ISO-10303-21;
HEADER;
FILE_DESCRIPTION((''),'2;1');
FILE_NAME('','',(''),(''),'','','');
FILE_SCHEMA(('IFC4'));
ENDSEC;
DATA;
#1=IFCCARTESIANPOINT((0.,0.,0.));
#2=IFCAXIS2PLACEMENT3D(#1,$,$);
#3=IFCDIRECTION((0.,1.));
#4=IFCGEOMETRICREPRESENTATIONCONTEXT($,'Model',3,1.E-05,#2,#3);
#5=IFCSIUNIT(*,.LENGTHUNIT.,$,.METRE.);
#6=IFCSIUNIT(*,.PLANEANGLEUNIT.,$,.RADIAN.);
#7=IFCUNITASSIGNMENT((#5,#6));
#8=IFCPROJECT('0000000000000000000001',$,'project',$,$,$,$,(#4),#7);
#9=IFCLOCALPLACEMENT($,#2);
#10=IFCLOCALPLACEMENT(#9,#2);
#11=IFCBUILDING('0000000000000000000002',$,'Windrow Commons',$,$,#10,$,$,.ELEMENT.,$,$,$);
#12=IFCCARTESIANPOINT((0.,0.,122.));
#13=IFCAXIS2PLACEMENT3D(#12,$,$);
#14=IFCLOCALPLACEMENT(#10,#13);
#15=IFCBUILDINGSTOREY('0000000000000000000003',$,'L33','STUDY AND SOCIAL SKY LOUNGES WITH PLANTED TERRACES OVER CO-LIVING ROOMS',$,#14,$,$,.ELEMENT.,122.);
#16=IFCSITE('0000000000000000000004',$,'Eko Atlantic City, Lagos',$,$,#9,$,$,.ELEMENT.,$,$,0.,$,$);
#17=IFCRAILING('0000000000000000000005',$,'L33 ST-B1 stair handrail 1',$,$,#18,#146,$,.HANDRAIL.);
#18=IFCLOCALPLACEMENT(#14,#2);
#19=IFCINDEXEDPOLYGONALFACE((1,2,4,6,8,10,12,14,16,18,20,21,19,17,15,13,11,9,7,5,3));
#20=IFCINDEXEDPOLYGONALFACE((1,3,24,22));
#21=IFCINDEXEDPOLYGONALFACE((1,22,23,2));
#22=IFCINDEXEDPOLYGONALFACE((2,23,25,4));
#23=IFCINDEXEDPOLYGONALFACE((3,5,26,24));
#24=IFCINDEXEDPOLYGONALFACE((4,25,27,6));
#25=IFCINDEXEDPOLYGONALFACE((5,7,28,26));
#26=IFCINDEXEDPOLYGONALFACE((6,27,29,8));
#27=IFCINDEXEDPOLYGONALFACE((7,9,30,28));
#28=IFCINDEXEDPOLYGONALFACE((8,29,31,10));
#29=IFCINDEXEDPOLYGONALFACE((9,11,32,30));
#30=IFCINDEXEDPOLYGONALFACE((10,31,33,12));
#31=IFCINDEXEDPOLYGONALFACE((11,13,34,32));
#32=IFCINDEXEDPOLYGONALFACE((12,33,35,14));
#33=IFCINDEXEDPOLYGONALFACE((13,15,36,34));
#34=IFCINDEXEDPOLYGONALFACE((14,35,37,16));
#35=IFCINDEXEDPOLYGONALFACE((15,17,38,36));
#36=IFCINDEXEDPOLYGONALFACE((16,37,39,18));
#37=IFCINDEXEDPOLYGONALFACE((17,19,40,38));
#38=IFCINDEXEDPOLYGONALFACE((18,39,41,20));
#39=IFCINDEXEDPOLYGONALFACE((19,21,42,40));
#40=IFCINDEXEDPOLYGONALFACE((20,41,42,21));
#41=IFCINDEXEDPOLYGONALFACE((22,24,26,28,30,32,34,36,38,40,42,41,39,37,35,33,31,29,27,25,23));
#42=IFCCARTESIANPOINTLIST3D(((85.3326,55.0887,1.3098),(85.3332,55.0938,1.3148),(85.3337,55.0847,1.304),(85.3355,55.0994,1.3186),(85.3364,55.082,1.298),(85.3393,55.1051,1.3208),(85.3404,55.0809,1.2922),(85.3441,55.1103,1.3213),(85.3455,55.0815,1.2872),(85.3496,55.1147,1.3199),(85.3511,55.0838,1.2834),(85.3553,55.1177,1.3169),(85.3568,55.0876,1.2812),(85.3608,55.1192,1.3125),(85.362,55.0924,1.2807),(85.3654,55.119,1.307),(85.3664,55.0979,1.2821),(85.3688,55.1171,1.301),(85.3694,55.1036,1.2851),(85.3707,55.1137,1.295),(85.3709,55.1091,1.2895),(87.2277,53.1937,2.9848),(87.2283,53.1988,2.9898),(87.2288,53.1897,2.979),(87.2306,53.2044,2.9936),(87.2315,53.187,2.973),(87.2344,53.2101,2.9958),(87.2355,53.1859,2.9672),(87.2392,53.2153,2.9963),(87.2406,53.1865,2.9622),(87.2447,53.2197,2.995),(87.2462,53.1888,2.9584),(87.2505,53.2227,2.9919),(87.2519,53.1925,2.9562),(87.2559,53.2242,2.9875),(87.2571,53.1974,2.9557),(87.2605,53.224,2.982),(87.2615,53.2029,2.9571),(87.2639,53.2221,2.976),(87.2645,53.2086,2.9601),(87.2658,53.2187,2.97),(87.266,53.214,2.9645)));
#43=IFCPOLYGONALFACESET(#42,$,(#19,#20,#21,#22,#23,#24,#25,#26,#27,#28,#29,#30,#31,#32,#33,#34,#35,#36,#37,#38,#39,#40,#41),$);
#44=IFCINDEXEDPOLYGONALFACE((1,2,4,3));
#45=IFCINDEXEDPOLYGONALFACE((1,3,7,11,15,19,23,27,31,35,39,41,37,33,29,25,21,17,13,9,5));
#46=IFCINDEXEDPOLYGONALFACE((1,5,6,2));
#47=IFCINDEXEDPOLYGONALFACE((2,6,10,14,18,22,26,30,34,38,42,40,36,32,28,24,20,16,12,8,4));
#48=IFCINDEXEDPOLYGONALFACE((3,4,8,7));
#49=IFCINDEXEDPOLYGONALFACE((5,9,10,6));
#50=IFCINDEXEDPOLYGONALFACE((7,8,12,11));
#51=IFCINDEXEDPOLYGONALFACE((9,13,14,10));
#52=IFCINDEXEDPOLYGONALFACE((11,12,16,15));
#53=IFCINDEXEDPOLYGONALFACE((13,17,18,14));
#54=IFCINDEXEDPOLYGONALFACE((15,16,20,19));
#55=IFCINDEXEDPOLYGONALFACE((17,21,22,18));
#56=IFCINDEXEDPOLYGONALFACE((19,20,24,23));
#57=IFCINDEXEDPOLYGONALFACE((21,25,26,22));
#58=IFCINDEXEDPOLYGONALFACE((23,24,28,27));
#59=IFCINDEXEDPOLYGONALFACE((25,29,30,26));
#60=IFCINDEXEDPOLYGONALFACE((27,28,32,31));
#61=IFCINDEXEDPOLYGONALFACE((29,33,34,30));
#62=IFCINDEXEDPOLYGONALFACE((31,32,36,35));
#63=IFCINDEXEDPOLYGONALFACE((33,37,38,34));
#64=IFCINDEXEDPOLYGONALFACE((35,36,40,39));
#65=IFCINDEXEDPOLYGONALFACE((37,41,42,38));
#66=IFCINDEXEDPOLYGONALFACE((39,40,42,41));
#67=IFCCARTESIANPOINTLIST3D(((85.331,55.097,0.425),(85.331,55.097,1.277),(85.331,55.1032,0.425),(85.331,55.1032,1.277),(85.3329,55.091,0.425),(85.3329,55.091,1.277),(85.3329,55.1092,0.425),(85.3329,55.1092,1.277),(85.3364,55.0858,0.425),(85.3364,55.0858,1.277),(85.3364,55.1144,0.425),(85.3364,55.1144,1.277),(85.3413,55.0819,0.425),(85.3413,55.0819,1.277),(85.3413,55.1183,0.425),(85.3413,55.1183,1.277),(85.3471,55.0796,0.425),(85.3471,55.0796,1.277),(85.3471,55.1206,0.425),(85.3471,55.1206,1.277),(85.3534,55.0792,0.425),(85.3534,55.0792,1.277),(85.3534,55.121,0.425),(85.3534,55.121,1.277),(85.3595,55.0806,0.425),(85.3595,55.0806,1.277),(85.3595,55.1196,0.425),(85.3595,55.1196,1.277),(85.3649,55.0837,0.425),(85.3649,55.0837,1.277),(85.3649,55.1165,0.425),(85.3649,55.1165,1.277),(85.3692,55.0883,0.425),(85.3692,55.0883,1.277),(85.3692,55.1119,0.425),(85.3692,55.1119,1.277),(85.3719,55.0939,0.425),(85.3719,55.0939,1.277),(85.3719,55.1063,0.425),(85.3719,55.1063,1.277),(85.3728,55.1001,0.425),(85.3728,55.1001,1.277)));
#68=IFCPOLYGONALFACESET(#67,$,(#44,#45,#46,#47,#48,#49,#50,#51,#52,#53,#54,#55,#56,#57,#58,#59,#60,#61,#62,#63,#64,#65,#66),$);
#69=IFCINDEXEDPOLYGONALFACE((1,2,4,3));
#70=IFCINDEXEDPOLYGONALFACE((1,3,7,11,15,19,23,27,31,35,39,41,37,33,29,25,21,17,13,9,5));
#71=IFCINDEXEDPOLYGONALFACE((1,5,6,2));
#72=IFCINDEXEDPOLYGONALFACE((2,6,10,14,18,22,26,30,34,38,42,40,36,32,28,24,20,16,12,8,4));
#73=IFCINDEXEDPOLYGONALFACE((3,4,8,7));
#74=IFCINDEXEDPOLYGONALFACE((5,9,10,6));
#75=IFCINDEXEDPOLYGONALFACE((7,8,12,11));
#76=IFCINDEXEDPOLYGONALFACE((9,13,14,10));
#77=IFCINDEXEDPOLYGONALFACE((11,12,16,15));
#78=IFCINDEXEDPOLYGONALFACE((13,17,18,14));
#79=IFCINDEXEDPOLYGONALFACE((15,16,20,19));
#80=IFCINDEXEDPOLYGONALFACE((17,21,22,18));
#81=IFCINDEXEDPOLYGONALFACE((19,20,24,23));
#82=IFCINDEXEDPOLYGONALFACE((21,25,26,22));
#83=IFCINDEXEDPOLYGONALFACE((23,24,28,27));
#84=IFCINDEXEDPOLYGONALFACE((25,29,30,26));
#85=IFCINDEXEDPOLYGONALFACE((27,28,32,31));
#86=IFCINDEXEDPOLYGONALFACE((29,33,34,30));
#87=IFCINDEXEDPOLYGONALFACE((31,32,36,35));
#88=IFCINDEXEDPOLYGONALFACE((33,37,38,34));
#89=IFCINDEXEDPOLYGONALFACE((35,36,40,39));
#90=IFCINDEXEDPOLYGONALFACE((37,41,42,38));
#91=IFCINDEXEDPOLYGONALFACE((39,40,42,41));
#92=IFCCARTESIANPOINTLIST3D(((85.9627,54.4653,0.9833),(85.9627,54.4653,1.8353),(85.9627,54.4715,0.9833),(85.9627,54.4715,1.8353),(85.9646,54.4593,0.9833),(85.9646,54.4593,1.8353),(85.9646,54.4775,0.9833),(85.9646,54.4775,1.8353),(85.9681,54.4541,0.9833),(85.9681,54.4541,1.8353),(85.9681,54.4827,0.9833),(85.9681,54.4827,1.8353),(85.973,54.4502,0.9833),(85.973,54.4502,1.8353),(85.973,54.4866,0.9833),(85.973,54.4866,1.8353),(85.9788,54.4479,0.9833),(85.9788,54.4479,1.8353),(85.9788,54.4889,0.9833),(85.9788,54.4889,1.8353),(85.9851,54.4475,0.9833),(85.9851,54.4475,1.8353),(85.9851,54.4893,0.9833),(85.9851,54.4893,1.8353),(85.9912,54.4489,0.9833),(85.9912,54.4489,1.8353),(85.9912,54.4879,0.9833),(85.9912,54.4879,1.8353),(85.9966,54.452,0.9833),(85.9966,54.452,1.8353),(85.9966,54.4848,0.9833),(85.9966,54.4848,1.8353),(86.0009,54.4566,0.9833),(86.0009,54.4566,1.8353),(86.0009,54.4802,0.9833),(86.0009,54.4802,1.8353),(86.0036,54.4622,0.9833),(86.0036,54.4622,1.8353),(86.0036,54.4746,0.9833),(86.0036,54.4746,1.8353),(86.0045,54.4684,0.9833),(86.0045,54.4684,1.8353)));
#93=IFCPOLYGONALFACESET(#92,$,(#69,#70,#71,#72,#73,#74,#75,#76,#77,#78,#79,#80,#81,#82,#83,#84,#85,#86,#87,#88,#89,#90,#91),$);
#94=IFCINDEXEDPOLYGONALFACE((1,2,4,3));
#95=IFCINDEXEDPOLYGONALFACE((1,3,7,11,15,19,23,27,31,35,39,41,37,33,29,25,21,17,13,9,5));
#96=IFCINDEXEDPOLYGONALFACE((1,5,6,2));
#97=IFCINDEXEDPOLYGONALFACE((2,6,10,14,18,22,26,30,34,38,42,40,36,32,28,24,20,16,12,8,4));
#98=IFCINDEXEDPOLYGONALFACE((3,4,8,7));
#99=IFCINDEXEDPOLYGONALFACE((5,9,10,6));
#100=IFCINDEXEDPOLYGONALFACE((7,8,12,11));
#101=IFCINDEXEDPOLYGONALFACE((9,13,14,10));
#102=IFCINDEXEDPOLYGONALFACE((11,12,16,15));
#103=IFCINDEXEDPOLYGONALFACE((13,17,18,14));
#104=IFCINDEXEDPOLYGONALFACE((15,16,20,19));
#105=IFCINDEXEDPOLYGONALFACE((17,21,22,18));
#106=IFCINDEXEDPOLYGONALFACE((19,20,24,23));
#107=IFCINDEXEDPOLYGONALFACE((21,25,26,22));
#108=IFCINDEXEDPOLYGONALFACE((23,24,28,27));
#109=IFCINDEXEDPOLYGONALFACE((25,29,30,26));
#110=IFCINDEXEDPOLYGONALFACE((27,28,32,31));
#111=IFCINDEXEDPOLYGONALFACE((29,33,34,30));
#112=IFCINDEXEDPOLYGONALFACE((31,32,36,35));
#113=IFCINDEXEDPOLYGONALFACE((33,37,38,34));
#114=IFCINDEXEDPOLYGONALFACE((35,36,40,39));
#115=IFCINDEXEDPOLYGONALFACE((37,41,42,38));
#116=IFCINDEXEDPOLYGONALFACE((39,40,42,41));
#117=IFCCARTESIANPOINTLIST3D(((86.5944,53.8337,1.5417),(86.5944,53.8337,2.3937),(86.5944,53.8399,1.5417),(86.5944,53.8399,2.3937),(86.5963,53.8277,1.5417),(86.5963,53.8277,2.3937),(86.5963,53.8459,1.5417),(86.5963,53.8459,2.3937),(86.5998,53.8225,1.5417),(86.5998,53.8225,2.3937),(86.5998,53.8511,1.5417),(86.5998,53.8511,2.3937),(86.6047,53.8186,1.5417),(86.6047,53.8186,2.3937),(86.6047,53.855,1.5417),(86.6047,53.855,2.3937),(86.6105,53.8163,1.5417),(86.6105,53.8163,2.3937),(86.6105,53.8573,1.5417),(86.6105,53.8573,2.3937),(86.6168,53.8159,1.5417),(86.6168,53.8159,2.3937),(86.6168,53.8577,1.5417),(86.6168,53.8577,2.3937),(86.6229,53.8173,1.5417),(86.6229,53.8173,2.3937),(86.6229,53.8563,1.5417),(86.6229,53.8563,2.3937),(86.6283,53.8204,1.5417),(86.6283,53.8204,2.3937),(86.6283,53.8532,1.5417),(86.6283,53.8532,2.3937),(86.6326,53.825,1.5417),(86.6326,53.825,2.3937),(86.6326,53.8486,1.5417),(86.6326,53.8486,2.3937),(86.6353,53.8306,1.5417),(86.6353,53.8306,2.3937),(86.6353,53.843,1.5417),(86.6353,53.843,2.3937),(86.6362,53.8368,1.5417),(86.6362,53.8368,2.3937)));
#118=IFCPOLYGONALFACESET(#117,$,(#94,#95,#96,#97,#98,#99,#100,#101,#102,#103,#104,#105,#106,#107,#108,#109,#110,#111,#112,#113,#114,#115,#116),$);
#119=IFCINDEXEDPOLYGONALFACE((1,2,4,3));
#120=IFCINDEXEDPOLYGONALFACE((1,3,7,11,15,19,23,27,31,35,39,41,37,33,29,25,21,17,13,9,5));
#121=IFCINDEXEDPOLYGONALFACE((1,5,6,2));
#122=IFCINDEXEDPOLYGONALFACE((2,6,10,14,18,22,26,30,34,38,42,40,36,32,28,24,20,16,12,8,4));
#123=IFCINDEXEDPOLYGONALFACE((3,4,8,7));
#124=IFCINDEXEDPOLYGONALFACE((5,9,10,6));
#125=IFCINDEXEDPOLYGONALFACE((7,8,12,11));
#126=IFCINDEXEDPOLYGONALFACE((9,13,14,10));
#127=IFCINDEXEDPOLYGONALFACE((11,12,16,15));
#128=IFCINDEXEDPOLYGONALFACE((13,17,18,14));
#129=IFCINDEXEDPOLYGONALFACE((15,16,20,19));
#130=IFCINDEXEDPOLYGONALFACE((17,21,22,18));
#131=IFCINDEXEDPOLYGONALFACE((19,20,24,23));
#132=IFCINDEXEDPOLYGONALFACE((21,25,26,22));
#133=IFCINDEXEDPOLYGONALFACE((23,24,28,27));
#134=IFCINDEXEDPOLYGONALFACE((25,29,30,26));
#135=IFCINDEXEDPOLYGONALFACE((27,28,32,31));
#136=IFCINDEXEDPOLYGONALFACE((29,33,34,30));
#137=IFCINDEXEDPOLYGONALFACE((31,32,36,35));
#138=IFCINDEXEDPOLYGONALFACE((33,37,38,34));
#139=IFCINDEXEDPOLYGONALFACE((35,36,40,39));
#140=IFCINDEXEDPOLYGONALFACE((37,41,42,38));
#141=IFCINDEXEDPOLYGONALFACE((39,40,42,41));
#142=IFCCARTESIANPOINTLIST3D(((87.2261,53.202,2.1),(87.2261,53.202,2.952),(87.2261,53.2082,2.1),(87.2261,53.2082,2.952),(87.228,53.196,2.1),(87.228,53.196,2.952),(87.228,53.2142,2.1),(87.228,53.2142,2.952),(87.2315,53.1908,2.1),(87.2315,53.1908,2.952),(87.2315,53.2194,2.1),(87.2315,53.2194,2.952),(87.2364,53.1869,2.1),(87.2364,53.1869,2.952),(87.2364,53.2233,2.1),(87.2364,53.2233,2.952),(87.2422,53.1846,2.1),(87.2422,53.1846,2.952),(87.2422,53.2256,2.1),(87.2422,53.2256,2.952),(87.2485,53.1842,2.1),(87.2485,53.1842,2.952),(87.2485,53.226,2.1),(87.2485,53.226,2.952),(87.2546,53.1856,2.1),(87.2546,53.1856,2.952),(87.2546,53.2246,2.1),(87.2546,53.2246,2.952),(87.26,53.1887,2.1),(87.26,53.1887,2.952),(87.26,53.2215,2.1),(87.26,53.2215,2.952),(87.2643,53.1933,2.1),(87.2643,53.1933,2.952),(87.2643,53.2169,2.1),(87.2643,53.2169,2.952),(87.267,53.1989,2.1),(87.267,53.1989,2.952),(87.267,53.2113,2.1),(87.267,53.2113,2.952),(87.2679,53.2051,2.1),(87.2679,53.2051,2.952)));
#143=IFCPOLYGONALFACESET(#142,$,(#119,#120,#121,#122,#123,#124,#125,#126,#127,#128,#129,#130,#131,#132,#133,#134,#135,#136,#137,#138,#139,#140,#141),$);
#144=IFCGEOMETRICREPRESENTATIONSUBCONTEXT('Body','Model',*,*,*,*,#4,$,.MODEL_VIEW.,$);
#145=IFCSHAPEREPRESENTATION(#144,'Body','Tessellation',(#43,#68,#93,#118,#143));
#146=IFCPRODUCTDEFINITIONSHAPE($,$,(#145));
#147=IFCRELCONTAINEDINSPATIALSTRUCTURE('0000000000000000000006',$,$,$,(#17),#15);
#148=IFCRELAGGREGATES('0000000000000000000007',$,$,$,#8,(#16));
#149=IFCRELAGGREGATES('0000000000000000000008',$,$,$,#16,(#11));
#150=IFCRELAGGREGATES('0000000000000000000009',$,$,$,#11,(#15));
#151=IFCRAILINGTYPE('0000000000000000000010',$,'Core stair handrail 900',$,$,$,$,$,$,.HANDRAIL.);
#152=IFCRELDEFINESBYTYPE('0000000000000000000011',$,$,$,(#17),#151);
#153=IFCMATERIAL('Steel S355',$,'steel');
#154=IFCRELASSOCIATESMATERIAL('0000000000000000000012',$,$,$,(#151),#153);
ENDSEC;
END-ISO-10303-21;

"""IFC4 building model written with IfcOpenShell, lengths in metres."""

from ifc_helpers import new_model, si_unit, direction, frame, origin, origin_2d, place, context, subcontext, project, spatial, circle, extrude, material, type_object, element, save


model = new_model("IFC4")

# Units and contexts
model_context = context("Model", 3, precision=1e-05, world=origin(), true_north=direction((0.0, 1.0)))
body_context = subcontext(model_context, "Body", "Model", "MODEL_VIEW")
ifc_project = project(units=[si_unit("LENGTHUNIT", "METRE"), si_unit("PLANEANGLEUNIT", "RADIAN")], contexts=[model_context])

# Site, building, storey
site_placement = place(None, origin())
site = spatial("IfcSite", under=ifc_project, at=site_placement, Name="Eko Atlantic City, Lagos", CompositionType="ELEMENT", RefElevation=0.0)
building_placement = place(site_placement, origin())
building = spatial("IfcBuilding", under=site, at=building_placement, Name="Windrow Commons", CompositionType="ELEMENT")
storey_placement = place(building_placement, frame((0.0, 0.0, 122.0)))
storey = spatial("IfcBuildingStorey", under=building, at=storey_placement, Name="L33", Description="STUDY AND SOCIAL SKY LOUNGES WITH PLANTED TERRACES OVER CO-LIVING ROOMS", CompositionType="ELEMENT", Elevation=122.0)

# Railing
ifc_material_1 = material(Name="Steel S355", Category="steel")
railing_type_1 = type_object("IfcRailingType", Name="Core stair handrail 900", PredefinedType="HANDRAIL", material=ifc_material_1)
railing_1_placement = place(storey_placement, frame((85.3518, 55.1001, 0.425)))
element("IfcRailing", 1, at=railing_1_placement, inside=storey, type_object=railing_type_1, Name="L33 ST-B1 stair handrail 1", PredefinedType="HANDRAIL", context=body_context, shape_type="SweptSolid", body=[
    extrude(circle(Radius=0.024, at=origin_2d()), frame((0.0, 0.0, 0.876), z_axis=(0.599642, -0.59961, 0.529998), x_axis=(0.707088, 0.707125, 0.0)), (0.0, 0.0, 1.0), 3.1604),
    extrude(circle(Radius=0.021, at=origin_2d()), origin(), (0.0, 0.0, 1.0), 0.852),
    extrude(circle(Radius=0.021, at=origin_2d()), frame((0.6317, -0.6317, 0.5583)), (0.0, 0.0, 1.0), 0.852),
    extrude(circle(Radius=0.021, at=origin_2d()), frame((1.2634, -1.2633, 1.1167)), (0.0, 0.0, 1.0), 0.852),
    extrude(circle(Radius=0.021, at=origin_2d()), frame((1.8951, -1.895, 1.675)), (0.0, 0.0, 1.0), 0.852),
])

save(model, "model.ifc")
